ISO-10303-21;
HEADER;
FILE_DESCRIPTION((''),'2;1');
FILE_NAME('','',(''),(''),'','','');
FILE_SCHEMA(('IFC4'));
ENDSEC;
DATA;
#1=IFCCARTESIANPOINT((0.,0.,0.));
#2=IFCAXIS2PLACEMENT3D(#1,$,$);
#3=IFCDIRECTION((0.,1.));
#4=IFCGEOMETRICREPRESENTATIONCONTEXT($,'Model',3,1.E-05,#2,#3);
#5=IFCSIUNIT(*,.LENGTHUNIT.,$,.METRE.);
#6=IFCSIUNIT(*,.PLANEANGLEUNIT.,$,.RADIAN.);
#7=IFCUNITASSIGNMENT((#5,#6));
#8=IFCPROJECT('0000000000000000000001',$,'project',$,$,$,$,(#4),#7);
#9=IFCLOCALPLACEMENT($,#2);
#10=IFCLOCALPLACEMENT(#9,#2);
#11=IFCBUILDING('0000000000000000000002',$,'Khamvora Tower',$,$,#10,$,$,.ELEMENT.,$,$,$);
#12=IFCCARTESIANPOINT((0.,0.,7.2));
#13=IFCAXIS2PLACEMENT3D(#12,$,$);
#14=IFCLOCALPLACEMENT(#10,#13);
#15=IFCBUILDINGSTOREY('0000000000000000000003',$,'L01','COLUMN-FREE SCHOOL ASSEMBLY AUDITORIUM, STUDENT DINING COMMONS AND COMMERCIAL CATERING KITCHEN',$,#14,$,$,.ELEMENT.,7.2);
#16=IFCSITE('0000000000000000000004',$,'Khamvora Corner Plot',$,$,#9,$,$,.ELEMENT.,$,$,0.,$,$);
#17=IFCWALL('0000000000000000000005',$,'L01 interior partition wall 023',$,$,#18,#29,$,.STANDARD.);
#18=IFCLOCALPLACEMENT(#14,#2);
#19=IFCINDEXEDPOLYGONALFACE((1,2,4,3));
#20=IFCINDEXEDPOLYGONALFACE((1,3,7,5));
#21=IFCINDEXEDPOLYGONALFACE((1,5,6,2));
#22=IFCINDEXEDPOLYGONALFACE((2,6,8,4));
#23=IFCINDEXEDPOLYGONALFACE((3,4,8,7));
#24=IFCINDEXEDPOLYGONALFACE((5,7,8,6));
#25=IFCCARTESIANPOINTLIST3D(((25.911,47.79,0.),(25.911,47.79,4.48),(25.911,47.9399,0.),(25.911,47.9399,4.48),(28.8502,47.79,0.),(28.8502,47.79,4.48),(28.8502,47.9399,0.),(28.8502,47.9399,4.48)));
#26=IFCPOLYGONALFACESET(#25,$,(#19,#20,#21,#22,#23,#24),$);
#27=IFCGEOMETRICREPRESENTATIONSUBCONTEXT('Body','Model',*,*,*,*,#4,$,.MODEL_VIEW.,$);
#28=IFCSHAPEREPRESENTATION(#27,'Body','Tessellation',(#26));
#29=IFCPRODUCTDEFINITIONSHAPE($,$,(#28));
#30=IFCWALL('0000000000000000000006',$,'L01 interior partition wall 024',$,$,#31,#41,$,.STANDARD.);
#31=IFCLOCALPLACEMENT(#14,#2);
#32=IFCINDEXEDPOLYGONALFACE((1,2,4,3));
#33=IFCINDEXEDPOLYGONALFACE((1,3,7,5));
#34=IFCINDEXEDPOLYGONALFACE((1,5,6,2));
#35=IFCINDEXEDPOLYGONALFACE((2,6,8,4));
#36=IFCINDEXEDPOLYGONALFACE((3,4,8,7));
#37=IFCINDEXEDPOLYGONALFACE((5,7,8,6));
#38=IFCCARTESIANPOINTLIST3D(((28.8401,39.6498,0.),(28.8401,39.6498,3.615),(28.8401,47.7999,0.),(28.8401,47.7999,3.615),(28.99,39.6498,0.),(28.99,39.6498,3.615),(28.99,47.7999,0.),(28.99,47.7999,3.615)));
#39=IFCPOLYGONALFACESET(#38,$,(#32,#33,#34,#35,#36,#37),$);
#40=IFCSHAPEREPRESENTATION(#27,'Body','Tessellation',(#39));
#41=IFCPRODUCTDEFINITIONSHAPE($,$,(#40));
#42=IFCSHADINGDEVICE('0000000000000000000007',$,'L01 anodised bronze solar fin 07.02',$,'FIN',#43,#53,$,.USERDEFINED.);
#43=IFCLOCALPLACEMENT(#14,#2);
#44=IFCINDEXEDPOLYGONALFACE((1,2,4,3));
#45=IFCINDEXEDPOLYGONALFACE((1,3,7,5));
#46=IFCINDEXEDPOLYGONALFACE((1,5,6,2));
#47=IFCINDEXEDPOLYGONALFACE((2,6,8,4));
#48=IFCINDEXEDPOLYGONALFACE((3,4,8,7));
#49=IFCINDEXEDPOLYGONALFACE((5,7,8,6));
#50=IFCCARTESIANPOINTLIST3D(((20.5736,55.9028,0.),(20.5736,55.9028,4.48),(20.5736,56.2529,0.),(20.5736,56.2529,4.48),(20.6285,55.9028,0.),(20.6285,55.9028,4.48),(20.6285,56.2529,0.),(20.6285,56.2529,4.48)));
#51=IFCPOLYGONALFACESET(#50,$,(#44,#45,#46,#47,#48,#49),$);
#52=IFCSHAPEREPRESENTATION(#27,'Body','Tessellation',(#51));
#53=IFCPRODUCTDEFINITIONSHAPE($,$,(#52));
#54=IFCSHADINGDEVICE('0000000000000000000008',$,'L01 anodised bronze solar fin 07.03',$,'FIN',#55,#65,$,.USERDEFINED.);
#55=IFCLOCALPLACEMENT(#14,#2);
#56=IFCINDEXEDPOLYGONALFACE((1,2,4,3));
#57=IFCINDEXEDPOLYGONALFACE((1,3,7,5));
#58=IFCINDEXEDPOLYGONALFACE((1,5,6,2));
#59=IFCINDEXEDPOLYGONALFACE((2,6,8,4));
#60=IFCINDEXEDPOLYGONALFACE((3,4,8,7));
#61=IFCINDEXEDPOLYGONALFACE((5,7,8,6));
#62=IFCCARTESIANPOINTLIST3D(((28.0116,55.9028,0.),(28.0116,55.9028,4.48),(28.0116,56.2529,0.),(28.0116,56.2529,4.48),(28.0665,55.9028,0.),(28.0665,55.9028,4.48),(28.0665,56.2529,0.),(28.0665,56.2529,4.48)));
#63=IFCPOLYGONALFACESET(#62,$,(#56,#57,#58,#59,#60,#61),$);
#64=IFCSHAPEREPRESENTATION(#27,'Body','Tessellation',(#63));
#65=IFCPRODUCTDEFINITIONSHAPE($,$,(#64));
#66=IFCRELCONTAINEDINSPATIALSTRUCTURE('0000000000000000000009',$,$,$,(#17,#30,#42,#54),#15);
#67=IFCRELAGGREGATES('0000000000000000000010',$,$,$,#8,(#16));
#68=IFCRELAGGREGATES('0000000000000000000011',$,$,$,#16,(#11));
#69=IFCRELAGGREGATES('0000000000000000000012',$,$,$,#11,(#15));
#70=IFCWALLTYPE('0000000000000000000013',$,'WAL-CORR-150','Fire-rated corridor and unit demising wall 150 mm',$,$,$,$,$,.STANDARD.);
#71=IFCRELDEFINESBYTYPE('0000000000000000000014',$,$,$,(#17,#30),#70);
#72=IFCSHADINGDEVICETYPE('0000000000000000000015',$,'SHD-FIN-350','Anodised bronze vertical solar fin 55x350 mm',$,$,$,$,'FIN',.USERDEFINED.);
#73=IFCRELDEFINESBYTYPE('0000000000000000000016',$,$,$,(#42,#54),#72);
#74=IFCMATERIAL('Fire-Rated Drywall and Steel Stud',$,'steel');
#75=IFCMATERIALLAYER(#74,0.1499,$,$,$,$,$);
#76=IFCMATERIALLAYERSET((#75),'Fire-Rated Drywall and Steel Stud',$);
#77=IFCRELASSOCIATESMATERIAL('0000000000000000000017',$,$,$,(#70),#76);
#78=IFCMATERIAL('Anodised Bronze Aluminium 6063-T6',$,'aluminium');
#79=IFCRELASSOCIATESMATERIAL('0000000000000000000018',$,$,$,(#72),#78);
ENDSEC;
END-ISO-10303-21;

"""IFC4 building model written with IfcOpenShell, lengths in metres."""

from ifc_helpers import new_model, si_unit, direction, frame, frame_2d, origin, origin_2d, place, context, subcontext, project, spatial, rectangle, extrude, material, layer, layer_set, type_object, element, save


model = new_model("IFC4")

# Units and contexts
model_context = context("Model", 3, precision=1e-05, world=origin(), true_north=direction((0.0, 1.0)))
body_context = subcontext(model_context, "Body", "Model", "MODEL_VIEW")
ifc_project = project(units=[si_unit("LENGTHUNIT", "METRE"), si_unit("PLANEANGLEUNIT", "RADIAN")], contexts=[model_context])

# Site, building, storey
site_placement = place(None, origin())
site = spatial("IfcSite", under=ifc_project, at=site_placement, Name="Khamvora Corner Plot", CompositionType="ELEMENT", RefElevation=0.0)
building_placement = place(site_placement, origin())
building = spatial("IfcBuilding", under=site, at=building_placement, Name="Khamvora Tower", CompositionType="ELEMENT")
storey_placement = place(building_placement, frame((0.0, 0.0, 7.2)))
storey = spatial("IfcBuildingStorey", under=building, at=storey_placement, Name="L01", Description="COLUMN-FREE SCHOOL ASSEMBLY AUDITORIUM, STUDENT DINING COMMONS AND COMMERCIAL CATERING KITCHEN", CompositionType="ELEMENT", Elevation=7.2)

# Walls
ifc_material_1 = material(Name="Fire-Rated Drywall and Steel Stud", Category="steel")
ifc_layer_1 = layer(ifc_material_1, 0.1499)
ifc_layer_set_1 = layer_set([ifc_layer_1], Name="Fire-Rated Drywall and Steel Stud")
wall_type = type_object("IfcWallType", Name="WAL-CORR-150", Description="Fire-rated corridor and unit demising wall 150 mm", PredefinedType="STANDARD", material=ifc_layer_set_1)
wall_1_placement = place(storey_placement, frame((25.9109, 47.865, 0.0), z_axis=(0.0, 0.0, 1.0), x_axis=(1.0, 0.0, 0.0)))
element("IfcWall", 1, at=wall_1_placement, inside=storey, type_object=wall_type, Name="L01 interior partition wall 023", PredefinedType="STANDARD", context=body_context, shape_type="SweptSolid", body=[
    extrude(rectangle(XDim=2.9392, YDim=0.1499, at=frame_2d((1.4697, 0.0))), origin(), (0.0, 0.0, 1.0), 4.48),
])
wall_2_placement = place(storey_placement, frame((28.915, 47.8, 0.0), z_axis=(0.0, 0.0, 1.0), x_axis=(0.0, -1.0, 0.0)))
element("IfcWall", 2, at=wall_2_placement, inside=storey, type_object=wall_type, Name="L01 interior partition wall 024", PredefinedType="STANDARD", context=body_context, shape_type="SweptSolid", body=[
    extrude(rectangle(XDim=8.1501, YDim=0.1499, at=frame_2d((4.0752, 0.0))), origin(), (0.0, 0.0, 1.0), 3.615),
])

# Shading devices
ifc_material_2 = material(Name="Anodised Bronze Aluminium 6063-T6", Category="aluminium")
shading_device_type = type_object("IfcShadingDeviceType", Name="SHD-FIN-350", Description="Anodised bronze vertical solar fin 55x350 mm", ElementType="FIN", PredefinedType="USERDEFINED", material=ifc_material_2)
for number, where, z_axis, x_axis, name in (
    (3, (20.6011, 56.0779, 0.0), (0.0, 0.0, 1.0), (1.0, 0.0, 0.0), "L01 anodised bronze solar fin 07.02"),
    (4, (28.0391, 56.0779, 0.0), (0.0, 0.0, 1.0), (1.0, 0.0, 0.0), "L01 anodised bronze solar fin 07.03"),
):
    element("IfcShadingDevice", number, at=place(storey_placement, frame(where, z_axis=z_axis, x_axis=x_axis)), inside=storey, type_object=shading_device_type, Name=name, ObjectType="FIN", PredefinedType="USERDEFINED", context=body_context, shape_type="SweptSolid", body=[
        extrude(rectangle(XDim=0.0549, YDim=0.3501, at=origin_2d()), origin(), (0.0, 0.0, 1.0), 4.48),
    ])

save(model, "model.ifc")
